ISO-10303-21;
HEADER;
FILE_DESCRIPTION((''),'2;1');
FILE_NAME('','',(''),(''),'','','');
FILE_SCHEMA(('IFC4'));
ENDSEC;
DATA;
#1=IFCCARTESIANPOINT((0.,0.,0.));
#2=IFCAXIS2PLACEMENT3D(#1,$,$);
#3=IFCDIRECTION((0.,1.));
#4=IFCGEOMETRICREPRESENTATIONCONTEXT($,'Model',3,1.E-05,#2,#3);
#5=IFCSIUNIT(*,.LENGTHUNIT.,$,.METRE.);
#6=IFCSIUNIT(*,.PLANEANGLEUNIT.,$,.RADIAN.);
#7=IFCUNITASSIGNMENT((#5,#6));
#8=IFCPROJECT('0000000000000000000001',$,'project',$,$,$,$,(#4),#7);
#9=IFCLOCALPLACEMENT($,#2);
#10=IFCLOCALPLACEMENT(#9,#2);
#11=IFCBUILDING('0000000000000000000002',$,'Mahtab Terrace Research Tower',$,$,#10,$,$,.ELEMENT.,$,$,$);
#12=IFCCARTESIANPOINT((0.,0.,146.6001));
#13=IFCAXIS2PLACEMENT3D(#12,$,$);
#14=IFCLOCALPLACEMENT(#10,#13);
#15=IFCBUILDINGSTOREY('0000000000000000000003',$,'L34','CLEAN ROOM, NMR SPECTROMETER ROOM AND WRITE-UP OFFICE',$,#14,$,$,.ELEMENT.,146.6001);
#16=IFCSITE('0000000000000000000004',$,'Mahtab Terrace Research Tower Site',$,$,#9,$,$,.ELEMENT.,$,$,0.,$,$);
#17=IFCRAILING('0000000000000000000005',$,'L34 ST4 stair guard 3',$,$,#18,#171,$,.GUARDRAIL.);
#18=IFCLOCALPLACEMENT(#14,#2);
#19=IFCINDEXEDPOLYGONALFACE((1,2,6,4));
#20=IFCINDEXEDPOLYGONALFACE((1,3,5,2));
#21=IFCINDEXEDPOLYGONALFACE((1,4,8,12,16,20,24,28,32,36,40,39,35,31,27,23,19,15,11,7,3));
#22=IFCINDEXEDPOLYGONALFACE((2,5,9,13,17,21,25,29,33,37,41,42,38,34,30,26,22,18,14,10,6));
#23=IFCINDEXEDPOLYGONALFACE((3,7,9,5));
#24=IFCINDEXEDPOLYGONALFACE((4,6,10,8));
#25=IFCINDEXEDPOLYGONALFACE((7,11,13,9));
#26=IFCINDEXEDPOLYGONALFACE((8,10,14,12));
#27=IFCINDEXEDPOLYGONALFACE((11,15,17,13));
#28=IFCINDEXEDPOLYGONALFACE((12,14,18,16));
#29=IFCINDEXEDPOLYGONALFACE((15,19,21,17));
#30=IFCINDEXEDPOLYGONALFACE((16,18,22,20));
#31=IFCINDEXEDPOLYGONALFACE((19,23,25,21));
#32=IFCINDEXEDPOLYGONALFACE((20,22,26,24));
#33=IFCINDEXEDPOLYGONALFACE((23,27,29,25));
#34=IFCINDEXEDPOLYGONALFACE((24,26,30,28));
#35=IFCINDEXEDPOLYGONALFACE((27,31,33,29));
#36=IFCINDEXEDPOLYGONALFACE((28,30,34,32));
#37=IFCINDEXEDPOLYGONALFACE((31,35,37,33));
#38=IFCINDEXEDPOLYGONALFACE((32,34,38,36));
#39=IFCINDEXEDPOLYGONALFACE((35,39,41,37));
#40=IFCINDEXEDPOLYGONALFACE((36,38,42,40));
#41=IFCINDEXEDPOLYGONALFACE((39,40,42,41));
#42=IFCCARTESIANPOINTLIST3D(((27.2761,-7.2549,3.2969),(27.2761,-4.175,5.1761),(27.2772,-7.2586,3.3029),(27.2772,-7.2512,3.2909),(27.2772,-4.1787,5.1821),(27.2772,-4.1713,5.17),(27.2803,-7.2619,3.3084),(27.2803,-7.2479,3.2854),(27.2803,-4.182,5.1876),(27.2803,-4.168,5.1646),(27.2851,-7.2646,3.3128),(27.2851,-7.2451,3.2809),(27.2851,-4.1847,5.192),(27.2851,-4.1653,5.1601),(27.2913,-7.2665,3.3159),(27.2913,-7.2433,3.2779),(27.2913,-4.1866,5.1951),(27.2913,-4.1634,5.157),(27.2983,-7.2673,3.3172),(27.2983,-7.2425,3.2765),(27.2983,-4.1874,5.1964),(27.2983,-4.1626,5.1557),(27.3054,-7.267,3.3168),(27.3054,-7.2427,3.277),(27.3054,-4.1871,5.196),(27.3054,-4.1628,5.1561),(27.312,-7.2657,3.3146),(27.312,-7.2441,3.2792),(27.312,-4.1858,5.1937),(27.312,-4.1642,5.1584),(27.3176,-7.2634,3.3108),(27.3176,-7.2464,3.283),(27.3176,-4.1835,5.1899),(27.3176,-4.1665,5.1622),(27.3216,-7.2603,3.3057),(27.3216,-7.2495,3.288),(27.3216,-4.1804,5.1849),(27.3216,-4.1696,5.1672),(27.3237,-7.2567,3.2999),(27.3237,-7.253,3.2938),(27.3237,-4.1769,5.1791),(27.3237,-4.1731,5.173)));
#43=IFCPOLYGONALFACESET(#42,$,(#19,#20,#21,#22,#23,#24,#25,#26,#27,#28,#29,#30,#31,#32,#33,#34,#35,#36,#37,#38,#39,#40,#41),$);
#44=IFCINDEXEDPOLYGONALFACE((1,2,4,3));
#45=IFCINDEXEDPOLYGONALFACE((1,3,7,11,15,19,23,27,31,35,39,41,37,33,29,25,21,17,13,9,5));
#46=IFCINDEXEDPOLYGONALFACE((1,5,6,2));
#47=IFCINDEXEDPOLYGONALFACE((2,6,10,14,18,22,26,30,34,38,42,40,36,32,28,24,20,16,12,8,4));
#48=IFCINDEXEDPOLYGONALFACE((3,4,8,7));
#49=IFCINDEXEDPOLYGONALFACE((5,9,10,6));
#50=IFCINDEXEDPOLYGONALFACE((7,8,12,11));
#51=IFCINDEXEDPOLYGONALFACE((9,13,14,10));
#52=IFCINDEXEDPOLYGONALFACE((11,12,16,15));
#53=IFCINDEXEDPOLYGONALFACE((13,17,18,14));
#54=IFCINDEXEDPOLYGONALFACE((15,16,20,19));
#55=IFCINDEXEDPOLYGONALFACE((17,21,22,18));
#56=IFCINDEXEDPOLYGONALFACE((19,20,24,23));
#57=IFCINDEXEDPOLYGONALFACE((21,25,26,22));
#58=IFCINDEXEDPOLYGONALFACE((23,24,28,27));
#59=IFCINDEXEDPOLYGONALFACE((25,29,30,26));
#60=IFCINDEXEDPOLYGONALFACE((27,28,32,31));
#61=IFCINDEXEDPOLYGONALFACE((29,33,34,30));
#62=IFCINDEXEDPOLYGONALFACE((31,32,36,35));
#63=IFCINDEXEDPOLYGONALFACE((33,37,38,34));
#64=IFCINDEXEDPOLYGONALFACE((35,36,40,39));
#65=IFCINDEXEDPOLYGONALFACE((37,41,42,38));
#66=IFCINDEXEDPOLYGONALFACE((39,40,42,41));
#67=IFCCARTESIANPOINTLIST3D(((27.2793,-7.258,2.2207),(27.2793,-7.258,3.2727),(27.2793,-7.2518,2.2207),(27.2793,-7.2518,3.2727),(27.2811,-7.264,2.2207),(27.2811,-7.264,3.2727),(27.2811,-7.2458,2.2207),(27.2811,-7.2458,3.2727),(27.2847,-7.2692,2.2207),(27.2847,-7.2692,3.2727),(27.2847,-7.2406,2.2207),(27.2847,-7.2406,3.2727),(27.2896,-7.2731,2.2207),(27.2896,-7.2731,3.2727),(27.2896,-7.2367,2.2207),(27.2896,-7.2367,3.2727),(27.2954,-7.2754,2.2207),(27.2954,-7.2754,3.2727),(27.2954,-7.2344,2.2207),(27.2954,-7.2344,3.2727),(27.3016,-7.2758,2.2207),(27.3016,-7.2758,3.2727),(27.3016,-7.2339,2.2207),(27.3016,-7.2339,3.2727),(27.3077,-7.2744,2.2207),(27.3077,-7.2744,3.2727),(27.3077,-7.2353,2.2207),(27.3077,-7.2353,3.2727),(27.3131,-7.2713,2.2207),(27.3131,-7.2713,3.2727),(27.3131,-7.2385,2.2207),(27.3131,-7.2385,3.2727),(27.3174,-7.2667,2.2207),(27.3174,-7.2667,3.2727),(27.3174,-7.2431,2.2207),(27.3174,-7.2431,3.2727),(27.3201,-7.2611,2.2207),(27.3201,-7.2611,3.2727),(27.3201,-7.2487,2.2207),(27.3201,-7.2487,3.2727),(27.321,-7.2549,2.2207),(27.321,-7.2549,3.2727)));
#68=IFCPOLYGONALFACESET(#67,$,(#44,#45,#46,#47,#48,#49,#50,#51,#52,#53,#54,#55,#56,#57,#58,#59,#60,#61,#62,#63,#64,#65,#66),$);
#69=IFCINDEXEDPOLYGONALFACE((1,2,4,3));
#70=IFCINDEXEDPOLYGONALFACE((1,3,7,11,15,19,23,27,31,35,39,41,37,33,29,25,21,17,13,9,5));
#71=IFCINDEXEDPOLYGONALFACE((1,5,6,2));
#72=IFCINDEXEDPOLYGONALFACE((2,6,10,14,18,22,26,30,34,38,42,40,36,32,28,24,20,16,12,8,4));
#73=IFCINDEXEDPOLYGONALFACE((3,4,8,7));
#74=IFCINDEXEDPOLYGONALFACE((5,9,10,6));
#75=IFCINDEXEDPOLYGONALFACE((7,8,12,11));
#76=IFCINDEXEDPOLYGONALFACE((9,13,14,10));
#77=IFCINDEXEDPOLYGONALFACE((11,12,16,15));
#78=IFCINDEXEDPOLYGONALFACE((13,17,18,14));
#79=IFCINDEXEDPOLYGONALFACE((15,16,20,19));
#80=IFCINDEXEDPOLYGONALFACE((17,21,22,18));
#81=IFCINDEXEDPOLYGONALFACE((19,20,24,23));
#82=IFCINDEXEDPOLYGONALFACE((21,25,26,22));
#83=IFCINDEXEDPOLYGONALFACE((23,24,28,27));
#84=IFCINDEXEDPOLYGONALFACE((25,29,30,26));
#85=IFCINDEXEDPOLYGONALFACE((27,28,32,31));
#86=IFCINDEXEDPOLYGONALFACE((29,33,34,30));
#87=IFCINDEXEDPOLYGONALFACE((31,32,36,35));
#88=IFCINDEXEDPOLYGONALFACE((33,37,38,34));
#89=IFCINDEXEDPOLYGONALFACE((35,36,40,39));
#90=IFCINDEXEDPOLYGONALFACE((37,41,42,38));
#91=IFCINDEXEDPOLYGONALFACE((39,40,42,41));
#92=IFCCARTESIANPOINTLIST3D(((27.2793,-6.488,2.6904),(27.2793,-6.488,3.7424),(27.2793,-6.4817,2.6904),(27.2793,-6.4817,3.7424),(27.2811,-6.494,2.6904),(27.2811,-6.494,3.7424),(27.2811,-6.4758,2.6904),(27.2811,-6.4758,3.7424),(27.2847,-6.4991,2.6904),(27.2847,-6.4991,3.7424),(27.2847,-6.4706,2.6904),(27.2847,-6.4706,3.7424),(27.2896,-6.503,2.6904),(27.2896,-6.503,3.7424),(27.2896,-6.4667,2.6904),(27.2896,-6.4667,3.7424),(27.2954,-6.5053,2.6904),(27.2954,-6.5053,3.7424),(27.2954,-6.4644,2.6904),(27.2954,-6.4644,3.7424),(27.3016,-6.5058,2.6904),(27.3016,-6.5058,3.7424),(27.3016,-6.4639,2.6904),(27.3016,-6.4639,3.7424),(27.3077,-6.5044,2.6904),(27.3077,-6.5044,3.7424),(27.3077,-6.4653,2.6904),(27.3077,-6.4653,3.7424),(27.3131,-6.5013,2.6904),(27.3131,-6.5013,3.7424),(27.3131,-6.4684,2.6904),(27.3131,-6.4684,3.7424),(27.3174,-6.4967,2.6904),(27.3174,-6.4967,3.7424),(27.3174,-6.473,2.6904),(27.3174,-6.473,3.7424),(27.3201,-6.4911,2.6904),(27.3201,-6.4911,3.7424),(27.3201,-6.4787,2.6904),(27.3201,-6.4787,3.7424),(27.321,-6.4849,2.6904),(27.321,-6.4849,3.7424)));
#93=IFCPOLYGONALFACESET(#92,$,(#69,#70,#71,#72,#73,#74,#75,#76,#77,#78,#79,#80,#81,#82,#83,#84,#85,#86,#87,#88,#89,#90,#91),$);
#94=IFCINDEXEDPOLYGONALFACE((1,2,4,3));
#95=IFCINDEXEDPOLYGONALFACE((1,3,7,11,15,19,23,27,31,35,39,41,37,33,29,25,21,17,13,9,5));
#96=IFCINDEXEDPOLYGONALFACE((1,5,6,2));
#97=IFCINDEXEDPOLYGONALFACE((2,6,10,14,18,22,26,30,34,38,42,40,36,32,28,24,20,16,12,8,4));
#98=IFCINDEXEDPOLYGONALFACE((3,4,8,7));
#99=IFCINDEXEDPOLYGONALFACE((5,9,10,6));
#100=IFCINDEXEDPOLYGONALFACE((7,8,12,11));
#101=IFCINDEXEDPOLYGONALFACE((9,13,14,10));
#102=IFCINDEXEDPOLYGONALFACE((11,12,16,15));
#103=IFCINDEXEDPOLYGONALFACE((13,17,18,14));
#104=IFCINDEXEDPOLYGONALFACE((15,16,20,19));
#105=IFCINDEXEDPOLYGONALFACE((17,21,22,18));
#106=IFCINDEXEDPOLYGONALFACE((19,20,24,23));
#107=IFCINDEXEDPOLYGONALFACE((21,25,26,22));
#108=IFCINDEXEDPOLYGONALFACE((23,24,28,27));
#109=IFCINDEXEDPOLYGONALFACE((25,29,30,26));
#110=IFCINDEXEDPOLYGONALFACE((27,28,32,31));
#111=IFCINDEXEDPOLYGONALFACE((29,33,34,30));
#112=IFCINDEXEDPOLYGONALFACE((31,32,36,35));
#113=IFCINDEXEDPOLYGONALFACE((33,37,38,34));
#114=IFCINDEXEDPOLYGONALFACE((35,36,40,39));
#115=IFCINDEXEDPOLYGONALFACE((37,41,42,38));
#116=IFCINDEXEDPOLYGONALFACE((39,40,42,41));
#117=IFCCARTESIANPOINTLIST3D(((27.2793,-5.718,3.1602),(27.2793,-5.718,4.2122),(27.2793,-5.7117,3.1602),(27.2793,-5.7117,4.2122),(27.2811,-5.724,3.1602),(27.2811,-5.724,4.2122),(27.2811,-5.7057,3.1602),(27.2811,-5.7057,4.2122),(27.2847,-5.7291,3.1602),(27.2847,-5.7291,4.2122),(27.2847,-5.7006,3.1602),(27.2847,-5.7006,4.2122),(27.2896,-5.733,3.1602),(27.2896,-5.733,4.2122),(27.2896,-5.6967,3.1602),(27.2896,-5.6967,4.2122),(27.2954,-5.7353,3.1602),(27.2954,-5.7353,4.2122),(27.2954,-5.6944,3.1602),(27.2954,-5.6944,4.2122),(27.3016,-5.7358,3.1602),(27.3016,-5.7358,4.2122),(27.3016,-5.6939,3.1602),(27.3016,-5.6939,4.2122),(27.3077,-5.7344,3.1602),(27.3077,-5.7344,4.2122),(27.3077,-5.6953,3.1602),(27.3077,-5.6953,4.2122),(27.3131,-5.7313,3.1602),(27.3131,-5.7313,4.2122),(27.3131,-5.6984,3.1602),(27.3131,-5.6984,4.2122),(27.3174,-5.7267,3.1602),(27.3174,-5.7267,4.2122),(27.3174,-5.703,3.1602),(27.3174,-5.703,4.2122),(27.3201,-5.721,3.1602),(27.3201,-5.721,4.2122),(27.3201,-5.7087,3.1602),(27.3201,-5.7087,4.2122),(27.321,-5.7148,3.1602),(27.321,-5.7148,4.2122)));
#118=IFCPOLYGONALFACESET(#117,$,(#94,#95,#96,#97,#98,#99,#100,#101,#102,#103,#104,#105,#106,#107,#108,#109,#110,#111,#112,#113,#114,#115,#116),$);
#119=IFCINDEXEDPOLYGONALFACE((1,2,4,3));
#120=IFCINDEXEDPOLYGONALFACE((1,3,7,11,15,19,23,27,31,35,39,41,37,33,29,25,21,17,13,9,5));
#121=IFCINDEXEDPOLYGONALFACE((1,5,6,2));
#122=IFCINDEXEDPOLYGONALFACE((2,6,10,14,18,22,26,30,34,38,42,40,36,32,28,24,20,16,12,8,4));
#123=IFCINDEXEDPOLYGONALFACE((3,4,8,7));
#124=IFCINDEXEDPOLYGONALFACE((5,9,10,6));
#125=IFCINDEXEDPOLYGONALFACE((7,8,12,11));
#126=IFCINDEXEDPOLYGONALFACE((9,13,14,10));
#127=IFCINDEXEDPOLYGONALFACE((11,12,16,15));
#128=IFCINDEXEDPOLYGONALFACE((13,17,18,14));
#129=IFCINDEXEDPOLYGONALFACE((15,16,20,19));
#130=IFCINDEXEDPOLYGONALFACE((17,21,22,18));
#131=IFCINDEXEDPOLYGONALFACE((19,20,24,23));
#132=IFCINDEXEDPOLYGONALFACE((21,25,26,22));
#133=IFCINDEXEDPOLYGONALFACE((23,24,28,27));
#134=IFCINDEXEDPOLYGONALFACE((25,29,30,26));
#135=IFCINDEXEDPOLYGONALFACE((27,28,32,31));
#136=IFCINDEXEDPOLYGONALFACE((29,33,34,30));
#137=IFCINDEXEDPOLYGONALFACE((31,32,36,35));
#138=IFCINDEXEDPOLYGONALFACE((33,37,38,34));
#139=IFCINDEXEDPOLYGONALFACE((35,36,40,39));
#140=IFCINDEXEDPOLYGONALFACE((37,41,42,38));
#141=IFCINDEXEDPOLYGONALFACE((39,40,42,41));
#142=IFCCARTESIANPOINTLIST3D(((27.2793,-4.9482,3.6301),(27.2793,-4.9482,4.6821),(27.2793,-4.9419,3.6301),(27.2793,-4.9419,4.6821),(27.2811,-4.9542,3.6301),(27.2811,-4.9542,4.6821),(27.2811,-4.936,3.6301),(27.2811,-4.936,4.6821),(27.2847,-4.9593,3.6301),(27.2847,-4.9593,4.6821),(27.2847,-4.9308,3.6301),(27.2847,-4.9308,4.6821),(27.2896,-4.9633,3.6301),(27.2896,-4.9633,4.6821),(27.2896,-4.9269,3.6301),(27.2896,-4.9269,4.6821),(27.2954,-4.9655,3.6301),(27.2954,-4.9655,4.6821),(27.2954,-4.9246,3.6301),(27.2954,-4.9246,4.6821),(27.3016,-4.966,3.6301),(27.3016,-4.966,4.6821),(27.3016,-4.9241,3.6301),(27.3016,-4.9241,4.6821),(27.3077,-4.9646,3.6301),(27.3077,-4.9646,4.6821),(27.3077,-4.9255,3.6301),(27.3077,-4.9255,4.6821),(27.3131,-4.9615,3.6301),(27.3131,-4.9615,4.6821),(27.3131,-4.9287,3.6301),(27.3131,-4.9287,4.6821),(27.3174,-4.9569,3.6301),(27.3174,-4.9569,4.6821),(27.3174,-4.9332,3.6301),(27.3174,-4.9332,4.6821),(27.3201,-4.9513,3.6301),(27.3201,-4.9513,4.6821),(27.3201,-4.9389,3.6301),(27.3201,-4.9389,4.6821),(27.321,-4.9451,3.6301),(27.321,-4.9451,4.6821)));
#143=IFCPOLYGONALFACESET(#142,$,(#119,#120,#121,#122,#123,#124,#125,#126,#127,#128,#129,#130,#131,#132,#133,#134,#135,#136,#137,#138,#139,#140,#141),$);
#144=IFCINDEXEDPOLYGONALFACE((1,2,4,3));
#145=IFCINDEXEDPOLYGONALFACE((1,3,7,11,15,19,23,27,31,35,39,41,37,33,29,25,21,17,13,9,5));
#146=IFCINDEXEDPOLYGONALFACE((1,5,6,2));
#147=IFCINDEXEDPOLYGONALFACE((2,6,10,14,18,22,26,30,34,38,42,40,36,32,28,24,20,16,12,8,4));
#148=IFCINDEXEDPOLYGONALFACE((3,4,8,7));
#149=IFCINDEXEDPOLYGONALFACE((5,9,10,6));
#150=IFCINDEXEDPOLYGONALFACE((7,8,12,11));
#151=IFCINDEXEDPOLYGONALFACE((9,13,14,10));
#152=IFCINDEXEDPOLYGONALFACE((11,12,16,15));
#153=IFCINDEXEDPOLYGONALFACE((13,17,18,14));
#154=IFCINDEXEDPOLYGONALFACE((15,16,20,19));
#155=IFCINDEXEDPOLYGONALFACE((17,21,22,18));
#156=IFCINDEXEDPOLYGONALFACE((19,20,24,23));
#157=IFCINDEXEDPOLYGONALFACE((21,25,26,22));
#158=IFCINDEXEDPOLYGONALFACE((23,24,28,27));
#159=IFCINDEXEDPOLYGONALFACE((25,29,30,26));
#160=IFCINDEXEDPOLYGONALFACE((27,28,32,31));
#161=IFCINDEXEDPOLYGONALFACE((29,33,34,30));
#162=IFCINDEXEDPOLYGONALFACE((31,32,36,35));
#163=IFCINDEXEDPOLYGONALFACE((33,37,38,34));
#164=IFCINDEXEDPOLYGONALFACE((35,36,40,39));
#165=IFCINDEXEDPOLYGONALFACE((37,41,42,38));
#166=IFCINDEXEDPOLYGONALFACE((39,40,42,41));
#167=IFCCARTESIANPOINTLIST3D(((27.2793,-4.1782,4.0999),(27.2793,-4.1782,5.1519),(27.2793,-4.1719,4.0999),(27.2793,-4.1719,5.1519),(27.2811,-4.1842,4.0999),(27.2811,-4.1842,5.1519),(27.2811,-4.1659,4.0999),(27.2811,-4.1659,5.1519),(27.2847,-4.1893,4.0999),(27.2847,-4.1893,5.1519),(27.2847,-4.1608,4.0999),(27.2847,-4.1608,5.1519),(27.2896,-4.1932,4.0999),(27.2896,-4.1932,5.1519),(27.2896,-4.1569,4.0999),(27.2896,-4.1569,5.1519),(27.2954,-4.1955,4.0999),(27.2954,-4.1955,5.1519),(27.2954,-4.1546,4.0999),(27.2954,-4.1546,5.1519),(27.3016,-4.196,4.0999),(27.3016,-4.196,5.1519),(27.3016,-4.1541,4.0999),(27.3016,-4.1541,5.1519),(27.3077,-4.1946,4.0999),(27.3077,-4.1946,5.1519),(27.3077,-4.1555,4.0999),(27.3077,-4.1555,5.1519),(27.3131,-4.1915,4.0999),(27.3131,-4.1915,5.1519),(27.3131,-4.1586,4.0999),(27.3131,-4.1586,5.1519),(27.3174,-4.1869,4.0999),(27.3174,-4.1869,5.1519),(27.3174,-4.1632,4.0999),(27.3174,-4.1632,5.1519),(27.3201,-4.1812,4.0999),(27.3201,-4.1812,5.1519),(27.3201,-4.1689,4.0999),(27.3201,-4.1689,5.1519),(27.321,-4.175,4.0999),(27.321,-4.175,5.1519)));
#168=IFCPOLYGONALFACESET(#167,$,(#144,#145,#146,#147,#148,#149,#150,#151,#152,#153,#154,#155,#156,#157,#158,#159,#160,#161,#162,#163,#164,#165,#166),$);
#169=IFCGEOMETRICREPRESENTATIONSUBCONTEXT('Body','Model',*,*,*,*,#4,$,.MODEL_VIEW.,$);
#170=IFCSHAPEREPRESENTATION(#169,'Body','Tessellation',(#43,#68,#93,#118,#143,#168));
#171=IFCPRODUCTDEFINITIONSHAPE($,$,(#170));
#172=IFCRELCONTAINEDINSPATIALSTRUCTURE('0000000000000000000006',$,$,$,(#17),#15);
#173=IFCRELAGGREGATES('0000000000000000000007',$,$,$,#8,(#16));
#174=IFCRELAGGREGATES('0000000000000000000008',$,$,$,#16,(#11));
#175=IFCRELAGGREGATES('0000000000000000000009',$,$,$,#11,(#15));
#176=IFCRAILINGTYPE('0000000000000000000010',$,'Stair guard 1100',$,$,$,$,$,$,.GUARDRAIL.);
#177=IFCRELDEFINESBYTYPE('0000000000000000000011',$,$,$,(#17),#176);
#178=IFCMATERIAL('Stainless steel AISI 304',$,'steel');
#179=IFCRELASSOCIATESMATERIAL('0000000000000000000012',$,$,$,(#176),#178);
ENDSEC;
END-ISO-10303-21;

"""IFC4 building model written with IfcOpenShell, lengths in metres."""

from ifc_helpers import new_model, si_unit, direction, frame, origin, origin_2d, place, context, subcontext, project, spatial, circle, extrude, material, type_object, element, save


model = new_model("IFC4")

# Units and contexts
model_context = context("Model", 3, precision=1e-05, world=origin(), true_north=direction((0.0, 1.0)))
body_context = subcontext(model_context, "Body", "Model", "MODEL_VIEW")
ifc_project = project(units=[si_unit("LENGTHUNIT", "METRE"), si_unit("PLANEANGLEUNIT", "RADIAN")], contexts=[model_context])

# Site, building, storey
site_placement = place(None, origin())
site = spatial("IfcSite", under=ifc_project, at=site_placement, Name="Mahtab Terrace Research Tower Site", CompositionType="ELEMENT", RefElevation=0.0)
building_placement = place(site_placement, origin())
building = spatial("IfcBuilding", under=site, at=building_placement, Name="Mahtab Terrace Research Tower", CompositionType="ELEMENT")
storey_placement = place(building_placement, frame((0.0, 0.0, 146.6001)))
storey = spatial("IfcBuildingStorey", under=building, at=storey_placement, Name="L34", Description="CLEAN ROOM, NMR SPECTROMETER ROOM AND WRITE-UP OFFICE", CompositionType="ELEMENT", Elevation=146.6001)

# Railing
ifc_material_1 = material(Name="Stainless steel AISI 304", Category="steel")
railing_type_1 = type_object("IfcRailingType", Name="Stair guard 1100", PredefinedType="GUARDRAIL", material=ifc_material_1)
railing_1_placement = place(storey_placement, frame((27.3, -7.2549, 2.2207)))
element("IfcRailing", 1, at=railing_1_placement, inside=storey, type_object=railing_type_1, Name="L34 ST4 stair guard 3", PredefinedType="GUARDRAIL", context=body_context, shape_type="SweptSolid", body=[
    extrude(circle(Radius=0.0239, at=origin_2d()), frame((0.0, 0.0, 1.0762), z_axis=(0.0, 0.853648, 0.52085), x_axis=(-1.0, 0.0, 0.0)), (0.0, 0.0, 1.0), 3.6079),
    extrude(circle(Radius=0.021, at=origin_2d()), origin(), (0.0, 0.0, 1.0), 1.052),
    extrude(circle(Radius=0.021, at=origin_2d()), frame((0.0, 0.77, 0.4697)), (0.0, 0.0, 1.0), 1.052),
    extrude(circle(Radius=0.021, at=origin_2d()), frame((0.0, 1.54, 0.9395)), (0.0, 0.0, 1.0), 1.052),
    extrude(circle(Radius=0.021, at=origin_2d()), frame((0.0, 2.3098, 1.4094)), (0.0, 0.0, 1.0), 1.052),
    extrude(circle(Radius=0.021, at=origin_2d()), frame((0.0, 3.0798, 1.8792)), (0.0, 0.0, 1.0), 1.052),
])

save(model, "model.ifc")
